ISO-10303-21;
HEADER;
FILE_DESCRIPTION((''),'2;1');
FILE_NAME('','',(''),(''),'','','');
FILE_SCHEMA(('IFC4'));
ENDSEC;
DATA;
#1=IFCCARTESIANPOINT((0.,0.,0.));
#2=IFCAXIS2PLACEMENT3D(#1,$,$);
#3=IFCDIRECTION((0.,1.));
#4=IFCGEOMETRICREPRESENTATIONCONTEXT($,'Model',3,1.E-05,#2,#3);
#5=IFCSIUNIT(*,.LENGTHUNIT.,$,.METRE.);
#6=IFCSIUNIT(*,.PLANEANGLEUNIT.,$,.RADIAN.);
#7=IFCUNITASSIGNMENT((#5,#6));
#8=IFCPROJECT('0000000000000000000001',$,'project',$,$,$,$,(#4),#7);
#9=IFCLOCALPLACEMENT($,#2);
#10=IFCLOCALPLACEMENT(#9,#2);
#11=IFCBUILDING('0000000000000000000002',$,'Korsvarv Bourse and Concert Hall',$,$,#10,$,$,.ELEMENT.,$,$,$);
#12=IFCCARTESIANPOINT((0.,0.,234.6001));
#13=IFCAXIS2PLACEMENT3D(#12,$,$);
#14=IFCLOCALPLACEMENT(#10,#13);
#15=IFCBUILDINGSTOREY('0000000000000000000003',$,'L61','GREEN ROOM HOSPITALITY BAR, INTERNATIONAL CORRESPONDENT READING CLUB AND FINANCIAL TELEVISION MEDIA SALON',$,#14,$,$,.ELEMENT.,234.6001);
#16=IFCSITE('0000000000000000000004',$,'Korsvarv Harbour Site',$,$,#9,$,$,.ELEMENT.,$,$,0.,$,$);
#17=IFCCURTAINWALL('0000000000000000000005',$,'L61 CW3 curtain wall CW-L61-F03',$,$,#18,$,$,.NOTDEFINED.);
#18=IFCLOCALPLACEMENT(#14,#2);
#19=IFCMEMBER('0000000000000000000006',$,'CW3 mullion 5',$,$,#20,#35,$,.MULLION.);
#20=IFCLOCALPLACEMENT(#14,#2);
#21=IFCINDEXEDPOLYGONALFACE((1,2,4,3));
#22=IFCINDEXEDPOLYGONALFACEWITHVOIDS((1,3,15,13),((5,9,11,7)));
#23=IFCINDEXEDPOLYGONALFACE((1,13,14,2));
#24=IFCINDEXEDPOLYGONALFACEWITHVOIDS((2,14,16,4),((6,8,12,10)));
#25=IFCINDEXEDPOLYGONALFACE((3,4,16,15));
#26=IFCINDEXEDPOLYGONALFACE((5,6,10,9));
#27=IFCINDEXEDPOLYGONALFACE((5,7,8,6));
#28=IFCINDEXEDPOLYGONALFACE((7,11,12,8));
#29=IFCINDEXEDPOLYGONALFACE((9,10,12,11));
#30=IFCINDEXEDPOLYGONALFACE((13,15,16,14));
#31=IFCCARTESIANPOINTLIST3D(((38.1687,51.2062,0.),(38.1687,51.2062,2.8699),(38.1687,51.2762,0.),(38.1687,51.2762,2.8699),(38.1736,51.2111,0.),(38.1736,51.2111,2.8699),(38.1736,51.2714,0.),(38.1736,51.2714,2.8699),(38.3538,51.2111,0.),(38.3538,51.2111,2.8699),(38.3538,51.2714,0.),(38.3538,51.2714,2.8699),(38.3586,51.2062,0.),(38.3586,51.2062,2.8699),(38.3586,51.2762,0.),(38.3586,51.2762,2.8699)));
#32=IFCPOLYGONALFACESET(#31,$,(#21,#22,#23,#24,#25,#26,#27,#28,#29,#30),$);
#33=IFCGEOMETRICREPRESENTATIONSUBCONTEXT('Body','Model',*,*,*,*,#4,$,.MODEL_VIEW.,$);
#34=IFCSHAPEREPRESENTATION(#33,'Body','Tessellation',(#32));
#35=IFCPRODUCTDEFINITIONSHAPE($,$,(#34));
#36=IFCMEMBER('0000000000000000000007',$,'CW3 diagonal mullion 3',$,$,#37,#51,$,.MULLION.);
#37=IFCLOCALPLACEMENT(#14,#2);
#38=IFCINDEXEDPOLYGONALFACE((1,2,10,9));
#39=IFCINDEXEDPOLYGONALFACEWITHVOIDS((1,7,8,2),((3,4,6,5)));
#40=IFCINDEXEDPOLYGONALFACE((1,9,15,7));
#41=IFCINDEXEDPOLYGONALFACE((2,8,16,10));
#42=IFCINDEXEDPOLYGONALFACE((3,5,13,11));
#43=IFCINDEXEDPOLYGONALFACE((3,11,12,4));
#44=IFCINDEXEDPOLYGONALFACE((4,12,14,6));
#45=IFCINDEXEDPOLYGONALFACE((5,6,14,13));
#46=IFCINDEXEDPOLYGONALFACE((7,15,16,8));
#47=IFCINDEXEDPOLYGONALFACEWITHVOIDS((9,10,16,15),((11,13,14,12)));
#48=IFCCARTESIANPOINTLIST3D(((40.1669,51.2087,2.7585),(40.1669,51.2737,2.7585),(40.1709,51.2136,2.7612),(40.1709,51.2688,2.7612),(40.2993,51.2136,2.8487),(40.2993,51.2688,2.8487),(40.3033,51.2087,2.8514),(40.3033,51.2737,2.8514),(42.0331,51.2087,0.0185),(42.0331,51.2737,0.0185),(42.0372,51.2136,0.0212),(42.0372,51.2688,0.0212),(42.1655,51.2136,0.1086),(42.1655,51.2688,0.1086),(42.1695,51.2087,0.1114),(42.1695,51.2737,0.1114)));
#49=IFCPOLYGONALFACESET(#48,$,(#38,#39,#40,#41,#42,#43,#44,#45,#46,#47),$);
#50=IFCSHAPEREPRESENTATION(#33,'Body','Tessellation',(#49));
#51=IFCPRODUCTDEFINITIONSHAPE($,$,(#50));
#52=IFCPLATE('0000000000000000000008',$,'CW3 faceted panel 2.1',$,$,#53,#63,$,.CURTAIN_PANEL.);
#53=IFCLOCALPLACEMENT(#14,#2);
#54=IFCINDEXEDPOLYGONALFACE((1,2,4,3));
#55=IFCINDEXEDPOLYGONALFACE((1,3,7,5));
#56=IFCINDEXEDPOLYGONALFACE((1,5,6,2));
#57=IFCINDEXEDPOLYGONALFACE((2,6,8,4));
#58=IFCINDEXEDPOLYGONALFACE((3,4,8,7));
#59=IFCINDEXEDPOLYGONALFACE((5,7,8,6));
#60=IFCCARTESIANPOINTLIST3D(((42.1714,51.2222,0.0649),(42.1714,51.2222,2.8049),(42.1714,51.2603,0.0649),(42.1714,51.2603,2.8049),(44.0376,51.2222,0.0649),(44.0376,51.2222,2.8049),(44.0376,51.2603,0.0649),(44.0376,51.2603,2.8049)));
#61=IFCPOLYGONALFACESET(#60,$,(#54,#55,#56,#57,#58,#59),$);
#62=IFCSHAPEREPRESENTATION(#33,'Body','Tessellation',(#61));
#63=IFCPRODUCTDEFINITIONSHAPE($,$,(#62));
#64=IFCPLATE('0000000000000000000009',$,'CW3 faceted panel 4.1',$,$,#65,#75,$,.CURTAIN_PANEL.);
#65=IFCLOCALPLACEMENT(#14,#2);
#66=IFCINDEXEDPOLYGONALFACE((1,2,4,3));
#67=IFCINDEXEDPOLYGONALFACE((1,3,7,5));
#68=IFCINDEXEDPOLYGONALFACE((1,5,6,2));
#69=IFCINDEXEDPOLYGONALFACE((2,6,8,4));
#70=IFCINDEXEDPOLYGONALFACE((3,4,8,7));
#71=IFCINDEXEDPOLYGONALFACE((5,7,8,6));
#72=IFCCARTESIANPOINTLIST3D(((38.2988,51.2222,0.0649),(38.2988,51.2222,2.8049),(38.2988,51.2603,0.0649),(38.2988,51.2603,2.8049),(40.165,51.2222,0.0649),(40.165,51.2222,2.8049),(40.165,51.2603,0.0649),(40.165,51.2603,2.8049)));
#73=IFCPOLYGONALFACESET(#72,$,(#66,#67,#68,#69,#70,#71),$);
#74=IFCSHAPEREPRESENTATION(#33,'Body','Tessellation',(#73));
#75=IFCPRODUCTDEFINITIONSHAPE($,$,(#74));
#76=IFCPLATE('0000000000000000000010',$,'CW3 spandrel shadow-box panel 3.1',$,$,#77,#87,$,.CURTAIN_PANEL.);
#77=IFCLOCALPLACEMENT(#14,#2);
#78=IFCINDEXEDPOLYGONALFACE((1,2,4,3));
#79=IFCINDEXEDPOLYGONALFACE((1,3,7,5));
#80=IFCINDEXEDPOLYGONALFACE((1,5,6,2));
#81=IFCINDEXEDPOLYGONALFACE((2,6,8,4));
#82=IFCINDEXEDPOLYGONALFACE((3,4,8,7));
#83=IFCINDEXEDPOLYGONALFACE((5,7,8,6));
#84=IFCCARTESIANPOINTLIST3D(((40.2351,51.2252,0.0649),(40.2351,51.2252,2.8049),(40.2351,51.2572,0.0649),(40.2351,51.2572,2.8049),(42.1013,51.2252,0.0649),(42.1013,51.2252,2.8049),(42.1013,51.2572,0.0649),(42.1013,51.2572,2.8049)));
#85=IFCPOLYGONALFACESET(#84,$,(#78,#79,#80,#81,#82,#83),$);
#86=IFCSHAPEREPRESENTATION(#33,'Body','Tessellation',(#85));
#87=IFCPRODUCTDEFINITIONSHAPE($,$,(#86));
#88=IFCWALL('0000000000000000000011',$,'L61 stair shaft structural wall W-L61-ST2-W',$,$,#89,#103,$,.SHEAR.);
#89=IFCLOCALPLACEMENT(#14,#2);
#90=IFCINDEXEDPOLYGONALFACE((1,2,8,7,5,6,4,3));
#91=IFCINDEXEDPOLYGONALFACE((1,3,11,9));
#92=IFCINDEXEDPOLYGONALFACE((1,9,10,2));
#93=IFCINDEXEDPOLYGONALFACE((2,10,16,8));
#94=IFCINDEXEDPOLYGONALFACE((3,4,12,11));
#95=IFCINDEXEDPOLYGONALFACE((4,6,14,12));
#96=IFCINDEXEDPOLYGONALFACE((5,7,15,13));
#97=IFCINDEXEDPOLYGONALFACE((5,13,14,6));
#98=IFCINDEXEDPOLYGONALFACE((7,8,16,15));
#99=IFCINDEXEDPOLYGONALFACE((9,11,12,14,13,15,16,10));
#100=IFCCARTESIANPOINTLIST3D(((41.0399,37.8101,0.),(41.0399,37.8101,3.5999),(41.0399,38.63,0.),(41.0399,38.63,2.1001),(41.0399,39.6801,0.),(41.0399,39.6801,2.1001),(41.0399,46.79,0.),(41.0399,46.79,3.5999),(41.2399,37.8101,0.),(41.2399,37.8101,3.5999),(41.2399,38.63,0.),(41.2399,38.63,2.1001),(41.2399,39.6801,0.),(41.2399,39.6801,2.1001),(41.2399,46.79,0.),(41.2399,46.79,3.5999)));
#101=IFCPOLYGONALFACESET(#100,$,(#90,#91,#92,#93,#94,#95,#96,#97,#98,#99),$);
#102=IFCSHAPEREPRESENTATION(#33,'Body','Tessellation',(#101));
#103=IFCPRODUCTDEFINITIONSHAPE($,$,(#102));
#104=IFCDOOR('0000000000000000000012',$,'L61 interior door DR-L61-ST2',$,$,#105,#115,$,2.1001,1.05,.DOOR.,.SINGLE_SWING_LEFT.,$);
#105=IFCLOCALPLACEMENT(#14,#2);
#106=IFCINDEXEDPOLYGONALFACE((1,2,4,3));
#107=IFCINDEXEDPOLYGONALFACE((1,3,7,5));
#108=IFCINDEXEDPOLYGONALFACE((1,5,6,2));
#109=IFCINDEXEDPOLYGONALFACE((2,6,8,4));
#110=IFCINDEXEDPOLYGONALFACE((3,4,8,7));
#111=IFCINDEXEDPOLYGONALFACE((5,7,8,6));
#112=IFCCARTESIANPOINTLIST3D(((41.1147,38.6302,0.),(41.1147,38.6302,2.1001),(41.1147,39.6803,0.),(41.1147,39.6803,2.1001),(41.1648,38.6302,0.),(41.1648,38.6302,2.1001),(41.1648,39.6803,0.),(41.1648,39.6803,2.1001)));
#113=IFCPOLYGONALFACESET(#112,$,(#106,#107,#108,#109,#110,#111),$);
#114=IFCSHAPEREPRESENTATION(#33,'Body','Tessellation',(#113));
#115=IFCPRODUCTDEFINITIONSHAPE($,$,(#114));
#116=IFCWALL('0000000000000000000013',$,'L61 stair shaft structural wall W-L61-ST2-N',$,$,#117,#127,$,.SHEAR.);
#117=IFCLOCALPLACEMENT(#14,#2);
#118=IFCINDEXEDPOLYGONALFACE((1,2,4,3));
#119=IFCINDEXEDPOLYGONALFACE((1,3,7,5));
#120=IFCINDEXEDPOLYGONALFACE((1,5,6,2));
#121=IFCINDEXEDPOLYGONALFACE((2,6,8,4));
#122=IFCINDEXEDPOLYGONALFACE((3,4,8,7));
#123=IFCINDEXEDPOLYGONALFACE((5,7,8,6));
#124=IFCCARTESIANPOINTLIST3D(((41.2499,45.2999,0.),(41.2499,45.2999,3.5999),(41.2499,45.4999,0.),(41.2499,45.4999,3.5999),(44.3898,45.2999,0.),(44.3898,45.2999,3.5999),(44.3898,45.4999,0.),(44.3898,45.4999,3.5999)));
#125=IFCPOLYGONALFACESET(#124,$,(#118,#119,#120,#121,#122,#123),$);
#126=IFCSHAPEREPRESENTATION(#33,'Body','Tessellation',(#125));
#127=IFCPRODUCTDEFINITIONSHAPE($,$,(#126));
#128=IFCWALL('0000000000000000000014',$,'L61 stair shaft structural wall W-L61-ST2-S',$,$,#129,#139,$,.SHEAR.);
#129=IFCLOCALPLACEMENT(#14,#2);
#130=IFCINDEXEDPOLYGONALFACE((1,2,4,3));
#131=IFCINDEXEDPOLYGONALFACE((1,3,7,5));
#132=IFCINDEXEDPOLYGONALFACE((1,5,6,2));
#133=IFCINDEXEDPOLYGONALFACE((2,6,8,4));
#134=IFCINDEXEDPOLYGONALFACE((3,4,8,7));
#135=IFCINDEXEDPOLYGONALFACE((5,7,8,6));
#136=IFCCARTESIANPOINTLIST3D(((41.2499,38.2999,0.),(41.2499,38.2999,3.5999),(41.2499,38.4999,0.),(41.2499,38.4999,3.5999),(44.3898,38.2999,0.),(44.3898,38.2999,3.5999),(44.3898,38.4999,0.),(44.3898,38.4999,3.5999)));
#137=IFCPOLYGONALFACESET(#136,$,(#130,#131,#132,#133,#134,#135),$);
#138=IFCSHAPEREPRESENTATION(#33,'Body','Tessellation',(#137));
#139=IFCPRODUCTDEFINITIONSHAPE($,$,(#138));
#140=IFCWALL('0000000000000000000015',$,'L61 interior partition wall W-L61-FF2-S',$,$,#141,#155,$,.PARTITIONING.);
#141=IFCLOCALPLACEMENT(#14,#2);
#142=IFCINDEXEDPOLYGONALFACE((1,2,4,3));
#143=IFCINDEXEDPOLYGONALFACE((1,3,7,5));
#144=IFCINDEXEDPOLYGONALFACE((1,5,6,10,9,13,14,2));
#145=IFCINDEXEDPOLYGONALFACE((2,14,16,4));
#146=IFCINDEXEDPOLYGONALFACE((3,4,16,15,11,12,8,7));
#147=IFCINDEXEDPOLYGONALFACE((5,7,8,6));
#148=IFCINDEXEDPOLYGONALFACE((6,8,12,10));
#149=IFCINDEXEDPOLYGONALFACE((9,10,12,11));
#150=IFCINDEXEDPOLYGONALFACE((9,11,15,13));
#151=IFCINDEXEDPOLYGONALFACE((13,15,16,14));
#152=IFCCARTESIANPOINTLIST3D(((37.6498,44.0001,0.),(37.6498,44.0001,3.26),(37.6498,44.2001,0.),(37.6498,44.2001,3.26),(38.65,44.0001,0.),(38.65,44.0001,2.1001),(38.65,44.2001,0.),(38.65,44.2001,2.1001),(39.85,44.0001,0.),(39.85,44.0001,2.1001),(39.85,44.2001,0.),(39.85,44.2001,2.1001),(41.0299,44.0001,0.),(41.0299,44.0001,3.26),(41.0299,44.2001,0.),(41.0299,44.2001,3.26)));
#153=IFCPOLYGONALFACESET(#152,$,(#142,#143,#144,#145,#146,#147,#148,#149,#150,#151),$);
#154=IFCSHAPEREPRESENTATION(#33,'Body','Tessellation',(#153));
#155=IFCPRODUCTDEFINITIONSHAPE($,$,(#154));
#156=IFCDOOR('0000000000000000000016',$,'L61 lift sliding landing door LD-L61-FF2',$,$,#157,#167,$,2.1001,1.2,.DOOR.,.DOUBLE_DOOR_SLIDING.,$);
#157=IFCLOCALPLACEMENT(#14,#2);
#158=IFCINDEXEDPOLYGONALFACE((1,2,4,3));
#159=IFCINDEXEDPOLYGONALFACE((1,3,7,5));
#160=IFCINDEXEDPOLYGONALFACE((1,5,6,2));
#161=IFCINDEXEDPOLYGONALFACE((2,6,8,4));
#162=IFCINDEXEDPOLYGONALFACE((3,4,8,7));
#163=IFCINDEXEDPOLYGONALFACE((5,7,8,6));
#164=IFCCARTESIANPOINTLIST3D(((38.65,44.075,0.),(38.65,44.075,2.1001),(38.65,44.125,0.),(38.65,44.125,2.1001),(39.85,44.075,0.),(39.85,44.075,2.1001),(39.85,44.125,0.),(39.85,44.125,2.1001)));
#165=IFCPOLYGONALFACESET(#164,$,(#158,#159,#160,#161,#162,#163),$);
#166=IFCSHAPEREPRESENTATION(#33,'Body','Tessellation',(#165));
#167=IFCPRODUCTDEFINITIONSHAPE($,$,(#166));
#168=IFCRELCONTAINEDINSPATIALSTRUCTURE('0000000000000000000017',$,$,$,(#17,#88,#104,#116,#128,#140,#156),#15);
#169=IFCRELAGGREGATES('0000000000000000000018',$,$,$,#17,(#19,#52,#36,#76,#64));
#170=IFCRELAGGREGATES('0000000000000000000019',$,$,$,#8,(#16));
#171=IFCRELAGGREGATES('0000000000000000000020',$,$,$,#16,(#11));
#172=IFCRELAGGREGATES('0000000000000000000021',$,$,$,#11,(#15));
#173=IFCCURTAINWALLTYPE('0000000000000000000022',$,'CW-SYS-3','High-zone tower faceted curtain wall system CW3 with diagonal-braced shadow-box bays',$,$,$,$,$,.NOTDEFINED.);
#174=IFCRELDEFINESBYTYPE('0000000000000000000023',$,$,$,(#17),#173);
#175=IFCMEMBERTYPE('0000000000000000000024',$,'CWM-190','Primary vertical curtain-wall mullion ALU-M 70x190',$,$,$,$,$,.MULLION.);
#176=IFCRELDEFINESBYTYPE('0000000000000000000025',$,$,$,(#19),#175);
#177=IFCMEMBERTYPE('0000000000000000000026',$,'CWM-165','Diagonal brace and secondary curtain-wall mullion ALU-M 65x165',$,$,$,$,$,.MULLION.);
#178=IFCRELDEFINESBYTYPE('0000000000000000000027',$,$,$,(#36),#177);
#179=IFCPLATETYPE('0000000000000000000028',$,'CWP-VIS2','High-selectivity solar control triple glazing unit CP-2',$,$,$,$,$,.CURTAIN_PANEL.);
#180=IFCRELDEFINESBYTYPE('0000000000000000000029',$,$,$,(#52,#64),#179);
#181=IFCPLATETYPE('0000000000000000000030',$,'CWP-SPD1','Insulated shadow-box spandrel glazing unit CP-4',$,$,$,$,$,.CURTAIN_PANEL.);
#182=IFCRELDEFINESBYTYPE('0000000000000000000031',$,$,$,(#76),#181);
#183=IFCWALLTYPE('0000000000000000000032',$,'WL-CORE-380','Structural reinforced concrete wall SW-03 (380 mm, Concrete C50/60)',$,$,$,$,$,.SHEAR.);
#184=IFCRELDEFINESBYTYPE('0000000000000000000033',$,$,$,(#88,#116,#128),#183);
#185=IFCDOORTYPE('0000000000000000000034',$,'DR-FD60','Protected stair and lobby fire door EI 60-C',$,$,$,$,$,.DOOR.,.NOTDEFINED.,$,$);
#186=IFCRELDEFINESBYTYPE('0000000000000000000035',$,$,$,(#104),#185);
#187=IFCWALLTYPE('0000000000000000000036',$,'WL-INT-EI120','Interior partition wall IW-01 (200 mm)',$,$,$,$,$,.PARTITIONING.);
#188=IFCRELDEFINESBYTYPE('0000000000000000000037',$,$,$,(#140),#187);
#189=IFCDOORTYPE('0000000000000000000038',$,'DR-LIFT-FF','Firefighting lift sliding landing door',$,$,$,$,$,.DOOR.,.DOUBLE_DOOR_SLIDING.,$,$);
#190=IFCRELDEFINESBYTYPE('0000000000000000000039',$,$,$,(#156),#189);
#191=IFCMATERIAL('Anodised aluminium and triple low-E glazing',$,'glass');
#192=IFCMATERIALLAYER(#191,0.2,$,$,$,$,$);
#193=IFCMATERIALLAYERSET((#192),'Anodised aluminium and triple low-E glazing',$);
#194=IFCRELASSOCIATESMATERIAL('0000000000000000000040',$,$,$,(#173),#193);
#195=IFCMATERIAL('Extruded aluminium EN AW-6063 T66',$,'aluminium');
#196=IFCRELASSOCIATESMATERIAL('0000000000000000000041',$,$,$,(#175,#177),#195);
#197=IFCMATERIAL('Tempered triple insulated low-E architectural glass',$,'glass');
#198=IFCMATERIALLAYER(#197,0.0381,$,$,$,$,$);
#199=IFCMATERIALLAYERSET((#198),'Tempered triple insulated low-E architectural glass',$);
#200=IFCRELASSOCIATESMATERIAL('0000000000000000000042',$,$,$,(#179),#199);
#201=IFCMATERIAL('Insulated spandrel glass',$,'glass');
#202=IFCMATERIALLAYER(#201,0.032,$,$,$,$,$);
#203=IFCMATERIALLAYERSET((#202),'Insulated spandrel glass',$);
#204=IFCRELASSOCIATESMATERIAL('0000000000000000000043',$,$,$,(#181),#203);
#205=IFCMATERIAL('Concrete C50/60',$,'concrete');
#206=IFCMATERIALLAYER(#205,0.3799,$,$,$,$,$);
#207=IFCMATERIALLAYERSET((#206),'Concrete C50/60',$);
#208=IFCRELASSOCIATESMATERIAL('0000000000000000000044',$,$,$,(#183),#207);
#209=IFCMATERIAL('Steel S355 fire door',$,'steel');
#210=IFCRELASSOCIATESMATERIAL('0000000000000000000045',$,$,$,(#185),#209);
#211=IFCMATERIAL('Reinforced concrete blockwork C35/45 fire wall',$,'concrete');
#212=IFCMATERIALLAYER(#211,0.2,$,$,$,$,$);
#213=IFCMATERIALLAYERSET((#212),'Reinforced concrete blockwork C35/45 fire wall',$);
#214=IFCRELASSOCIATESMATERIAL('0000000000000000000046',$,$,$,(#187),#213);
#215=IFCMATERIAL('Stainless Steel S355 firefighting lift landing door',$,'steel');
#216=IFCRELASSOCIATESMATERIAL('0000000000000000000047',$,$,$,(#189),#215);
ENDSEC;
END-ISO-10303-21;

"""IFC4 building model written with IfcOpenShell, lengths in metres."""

from ifc_helpers import new_model, si_unit, direction, frame, frame_2d, origin, origin_2d, place, context, subcontext, project, spatial, rectangle, hollow_rectangle, extrude, source, transform, mapped, material, layer, layer_set, material_profile, profile_set, type_object, element, fill, aggregate, save


model = new_model("IFC4")

# Units and contexts
model_context = context("Model", 3, precision=1e-05, world=origin(), true_north=direction((0.0, 1.0)))
body_context = subcontext(model_context, "Body", "Model", "MODEL_VIEW")
ifc_project = project(units=[si_unit("LENGTHUNIT", "METRE"), si_unit("PLANEANGLEUNIT", "RADIAN")], contexts=[model_context])

# Site, building, storey
site_placement = place(None, origin())
site = spatial("IfcSite", under=ifc_project, at=site_placement, Name="Korsvarv Harbour Site", CompositionType="ELEMENT", RefElevation=0.0)
building_placement = place(site_placement, origin())
building = spatial("IfcBuilding", under=site, at=building_placement, Name="Korsvarv Bourse and Concert Hall", CompositionType="ELEMENT")
storey_placement = place(building_placement, frame((0.0, 0.0, 234.6001)))
storey = spatial("IfcBuildingStorey", under=building, at=storey_placement, Name="L61", Description="GREEN ROOM HOSPITALITY BAR, INTERNATIONAL CORRESPONDENT READING CLUB AND FINANCIAL TELEVISION MEDIA SALON", CompositionType="ELEMENT", Elevation=234.6001)

# Curtain wall, members, plates
ifc_material_1 = material(Name="Anodised aluminium and triple low-E glazing", Category="glass")
ifc_layer_1 = layer(ifc_material_1, 0.2)
ifc_layer_set_1 = layer_set([ifc_layer_1], Name="Anodised aluminium and triple low-E glazing")
curtain_wall_type = type_object("IfcCurtainWallType", Name="CW-SYS-3", Description="High-zone tower faceted curtain wall system CW3 with diagonal-braced shadow-box bays", PredefinedType="NOTDEFINED", material=ifc_layer_set_1)
curtain_wall_placement = place(storey_placement, origin())
curtain_wall = element("IfcCurtainWall", 1, at=curtain_wall_placement, inside=storey, type_object=curtain_wall_type, Name="L61 CW3 curtain wall CW-L61-F03", PredefinedType="NOTDEFINED")
ifc_material_2 = material(Name="Extruded aluminium EN AW-6063 T66", Category="aluminium")
ifc_material_profile_1 = material_profile(ifc_material_2, hollow_rectangle(XDim=0.0701, YDim=0.1899, WallThickness=0.0049, at=origin_2d()), Name="ALU-M 70x190")
ifc_profile_set_1 = profile_set([ifc_material_profile_1], Name="Extruded aluminium EN AW-6063 T66")
member_type_1 = type_object("IfcMemberType", Name="CWM-190", Description="Primary vertical curtain-wall mullion ALU-M 70x190", PredefinedType="MULLION", material=ifc_profile_set_1)
shared_shape_1 = source(origin(), body_context, "Body", "SweptSolid", [
    extrude(hollow_rectangle(XDim=0.0701, YDim=0.1899, WallThickness=0.0049, at=origin_2d()), origin(), (0.0, 0.0, 1.0), 2.8699),
])
member_1_placement = place(storey_placement, frame((38.2637, 51.2412, 0.0), z_axis=(0.0, 0.0, 1.0), x_axis=(0.0, -1.0, 0.0)))
member_1 = element("IfcMember", 2, at=member_1_placement, type_object=member_type_1, Name="CW3 mullion 5", PredefinedType="MULLION", context=body_context, shape_type="MappedRepresentation", body=[
    mapped(shared_shape_1, transform((0.0, 0.0, 0.0), scale=1.0)),
])
ifc_material_profile_2 = material_profile(ifc_material_2, hollow_rectangle(XDim=0.0649, YDim=0.165, WallThickness=0.0049, at=origin_2d()), Name="ALU-M 65x165")
ifc_profile_set_2 = profile_set([ifc_material_profile_2], Name="Extruded aluminium EN AW-6063 T66")
member_type_2 = type_object("IfcMemberType", Name="CWM-165", Description="Diagonal brace and secondary curtain-wall mullion ALU-M 65x165", PredefinedType="MULLION", material=ifc_profile_set_2)
shared_shape_2 = source(origin(), body_context, "Body", "SweptSolid", [
    extrude(hollow_rectangle(XDim=0.0649, YDim=0.165, WallThickness=0.0049, at=origin_2d()), origin(), (0.0, 0.0, 1.0), 3.3152),
])
member_2_placement = place(storey_placement, frame((42.1013, 51.2412, 0.0649), z_axis=(-0.562932, 0.0, 0.826503), x_axis=(0.0, -1.0, 0.0)))
member_2 = element("IfcMember", 3, at=member_2_placement, type_object=member_type_2, Name="CW3 diagonal mullion 3", PredefinedType="MULLION", context=body_context, shape_type="MappedRepresentation", body=[
    mapped(shared_shape_2, transform((0.0, 0.0, 0.0), scale=1.0)),
])
ifc_material_3 = material(Name="Tempered triple insulated low-E architectural glass", Category="glass")
ifc_layer_2 = layer(ifc_material_3, 0.0381)
ifc_layer_set_2 = layer_set([ifc_layer_2], Name="Tempered triple insulated low-E architectural glass")
plate_type_1 = type_object("IfcPlateType", Name="CWP-VIS2", Description="High-selectivity solar control triple glazing unit CP-2", PredefinedType="CURTAIN_PANEL", material=ifc_layer_set_2)
shared_shape_3 = source(origin(), body_context, "Body", "SweptSolid", [
    extrude(rectangle(XDim=1.8662, YDim=0.0381, at=origin_2d()), origin(), (0.0, 0.0, 1.0), 2.74),
])
plate_1_placement = place(storey_placement, frame((43.1045, 51.2412, 0.0649), z_axis=(0.0, 0.0, 1.0), x_axis=(-1.0, 0.0, 0.0)))
plate_1 = element("IfcPlate", 4, at=plate_1_placement, type_object=plate_type_1, Name="CW3 faceted panel 2.1", PredefinedType="CURTAIN_PANEL", context=body_context, shape_type="MappedRepresentation", body=[
    mapped(shared_shape_3, transform((0.0, 0.0, 0.0), scale=1.0)),
])
plate_2_placement = place(storey_placement, frame((39.2319, 51.2412, 0.0649), z_axis=(0.0, 0.0, 1.0), x_axis=(-1.0, 0.0, 0.0)))
plate_2 = element("IfcPlate", 5, at=plate_2_placement, type_object=plate_type_1, Name="CW3 faceted panel 4.1", PredefinedType="CURTAIN_PANEL", context=body_context, shape_type="MappedRepresentation", body=[
    mapped(shared_shape_3, transform((0.0, 0.0, 0.0), scale=1.0)),
])
ifc_material_4 = material(Name="Insulated spandrel glass", Category="glass")
ifc_layer_3 = layer(ifc_material_4, 0.032)
ifc_layer_set_3 = layer_set([ifc_layer_3], Name="Insulated spandrel glass")
plate_type_2 = type_object("IfcPlateType", Name="CWP-SPD1", Description="Insulated shadow-box spandrel glazing unit CP-4", PredefinedType="CURTAIN_PANEL", material=ifc_layer_set_3)
shared_shape_4 = source(origin(), body_context, "Body", "SweptSolid", [
    extrude(rectangle(XDim=1.8662, YDim=0.032, at=origin_2d()), origin(), (0.0, 0.0, 1.0), 2.74),
])
plate_3_placement = place(storey_placement, frame((41.1682, 51.2412, 0.0649), z_axis=(0.0, 0.0, 1.0), x_axis=(-1.0, 0.0, 0.0)))
plate_3 = element("IfcPlate", 6, at=plate_3_placement, type_object=plate_type_2, Name="CW3 spandrel shadow-box panel 3.1", PredefinedType="CURTAIN_PANEL", context=body_context, shape_type="MappedRepresentation", body=[
    mapped(shared_shape_4, transform((0.0, 0.0, 0.0), scale=1.0)),
])
aggregate(curtain_wall, [member_1, plate_1, member_2, plate_3, plate_2])

# Wall, opening, door
ifc_material_5 = material(Name="Concrete C50/60", Category="concrete")
ifc_layer_4 = layer(ifc_material_5, 0.3799)
ifc_layer_set_4 = layer_set([ifc_layer_4], Name="Concrete C50/60")
wall_type_1 = type_object("IfcWallType", Name="WL-CORE-380", Description="Structural reinforced concrete wall SW-03 (380 mm, Concrete C50/60)", PredefinedType="SHEAR", material=ifc_layer_set_4)
wall_1_placement = place(storey_placement, frame((41.1399, 37.8101, 0.0), z_axis=(0.0, 0.0, 1.0), x_axis=(0.0, 1.0, 0.0)))
wall_1 = element("IfcWall", 7, at=wall_1_placement, inside=storey, type_object=wall_type_1, Name="L61 stair shaft structural wall W-L61-ST2-W", PredefinedType="SHEAR", context=body_context, shape_type="SweptSolid", body=[
    extrude(rectangle(XDim=8.98, YDim=0.2, at=frame_2d((4.49, 0.0))), origin(), (0.0, 0.0, 1.0), 3.5999),
])
opening_1_placement = place(wall_1_placement, frame((0.8201, 0.0, 0.0)))
opening_1 = element("IfcOpeningElement", 8, at=opening_1_placement, cuts=wall_1, PredefinedType="OPENING", context=body_context, shape_type="SweptSolid", body=[
    extrude(rectangle(XDim=1.05, YDim=2.1001, at=frame_2d((0.5249, 1.05))), frame((0.0, 0.1099, 0.0), z_axis=(0.0, -1.0, 0.0), x_axis=(1.0, 0.0, 0.0)), (0.0, 0.0, 1.0), 0.22),
])
ifc_material_6 = material(Name="Steel S355 fire door", Category="steel")
door_type_1 = type_object("IfcDoorType", Name="DR-FD60", Description="Protected stair and lobby fire door EI 60-C", OperationType="NOTDEFINED", PredefinedType="DOOR", material=ifc_material_6)
door_1_placement = place(opening_1_placement, frame((1.05, 0.0, 0.0), z_axis=(0.0, 0.0, 1.0), x_axis=(-1.0, 0.0, 0.0)))
door_1 = element("IfcDoor", 9, at=door_1_placement, inside=storey, type_object=door_type_1, Name="L61 interior door DR-L61-ST2", OperationType="SINGLE_SWING_LEFT", OverallHeight=2.1001, OverallWidth=1.05, PredefinedType="DOOR", context=body_context, shape_type="SweptSolid", body=[
    extrude(rectangle(XDim=1.05, YDim=2.1001, at=frame_2d((0.5249, 1.05))), frame((0.0, 0.0249, 0.0), z_axis=(0.0, -1.0, 0.0), x_axis=(1.0, 0.0, 0.0)), (0.0, 0.0, 1.0), 0.05),
])
fill(opening_1, door_1)

# Walls
for number, where, z_axis, x_axis, name in (
    (10, (41.25, 45.3999, 0.0), (0.0, 0.0, 1.0), (1.0, 0.0, 0.0), "L61 stair shaft structural wall W-L61-ST2-N"),
    (11, (41.25, 38.3999, 0.0), (0.0, 0.0, 1.0), (1.0, 0.0, 0.0), "L61 stair shaft structural wall W-L61-ST2-S"),
):
    element("IfcWall", number, at=place(storey_placement, frame(where, z_axis=z_axis, x_axis=x_axis)), inside=storey, type_object=wall_type_1, Name=name, PredefinedType="SHEAR", context=body_context, shape_type="SweptSolid", body=[
        extrude(rectangle(XDim=3.1399, YDim=0.2, at=frame_2d((1.5698, 0.0))), origin(), (0.0, 0.0, 1.0), 3.5999),
    ])

# Wall, opening, door
ifc_material_7 = material(Name="Reinforced concrete blockwork C35/45 fire wall", Category="concrete")
ifc_layer_5 = layer(ifc_material_7, 0.2)
ifc_layer_set_5 = layer_set([ifc_layer_5], Name="Reinforced concrete blockwork C35/45 fire wall")
wall_type_2 = type_object("IfcWallType", Name="WL-INT-EI120", Description="Interior partition wall IW-01 (200 mm)", PredefinedType="PARTITIONING", material=ifc_layer_set_5)
wall_2_placement = place(storey_placement, frame((37.6499, 44.1001, 0.0), z_axis=(0.0, 0.0, 1.0), x_axis=(1.0, 0.0, 0.0)))
wall_2 = element("IfcWall", 12, at=wall_2_placement, inside=storey, type_object=wall_type_2, Name="L61 interior partition wall W-L61-FF2-S", PredefinedType="PARTITIONING", context=body_context, shape_type="SweptSolid", body=[
    extrude(rectangle(XDim=3.3801, YDim=0.2, at=frame_2d((1.6899, 0.0))), origin(), (0.0, 0.0, 1.0), 3.26),
])
opening_2_placement = place(wall_2_placement, frame((1.0, 0.0, 0.0)))
opening_2 = element("IfcOpeningElement", 13, at=opening_2_placement, cuts=wall_2, PredefinedType="OPENING", context=body_context, shape_type="SweptSolid", body=[
    extrude(rectangle(XDim=1.2, YDim=2.1001, at=frame_2d((0.6001, 1.05))), frame((0.0, 0.1099, 0.0), z_axis=(0.0, -1.0, 0.0), x_axis=(1.0, 0.0, 0.0)), (0.0, 0.0, 1.0), 0.22),
])
ifc_material_8 = material(Name="Stainless Steel S355 firefighting lift landing door", Category="steel")
door_type_2 = type_object("IfcDoorType", Name="DR-LIFT-FF", Description="Firefighting lift sliding landing door", OperationType="DOUBLE_DOOR_SLIDING", PredefinedType="DOOR", material=ifc_material_8)
door_2_placement = place(opening_2_placement, origin())
door_2 = element("IfcDoor", 14, at=door_2_placement, inside=storey, type_object=door_type_2, Name="L61 lift sliding landing door LD-L61-FF2", OperationType="DOUBLE_DOOR_SLIDING", OverallHeight=2.1001, OverallWidth=1.2, PredefinedType="DOOR", context=body_context, shape_type="SweptSolid", body=[
    extrude(rectangle(XDim=1.2, YDim=2.1001, at=frame_2d((0.6001, 1.05))), frame((0.0, 0.0249, 0.0), z_axis=(0.0, -1.0, 0.0), x_axis=(1.0, 0.0, 0.0)), (0.0, 0.0, 1.0), 0.05),
])
fill(opening_2, door_2)

save(model, "model.ifc")
